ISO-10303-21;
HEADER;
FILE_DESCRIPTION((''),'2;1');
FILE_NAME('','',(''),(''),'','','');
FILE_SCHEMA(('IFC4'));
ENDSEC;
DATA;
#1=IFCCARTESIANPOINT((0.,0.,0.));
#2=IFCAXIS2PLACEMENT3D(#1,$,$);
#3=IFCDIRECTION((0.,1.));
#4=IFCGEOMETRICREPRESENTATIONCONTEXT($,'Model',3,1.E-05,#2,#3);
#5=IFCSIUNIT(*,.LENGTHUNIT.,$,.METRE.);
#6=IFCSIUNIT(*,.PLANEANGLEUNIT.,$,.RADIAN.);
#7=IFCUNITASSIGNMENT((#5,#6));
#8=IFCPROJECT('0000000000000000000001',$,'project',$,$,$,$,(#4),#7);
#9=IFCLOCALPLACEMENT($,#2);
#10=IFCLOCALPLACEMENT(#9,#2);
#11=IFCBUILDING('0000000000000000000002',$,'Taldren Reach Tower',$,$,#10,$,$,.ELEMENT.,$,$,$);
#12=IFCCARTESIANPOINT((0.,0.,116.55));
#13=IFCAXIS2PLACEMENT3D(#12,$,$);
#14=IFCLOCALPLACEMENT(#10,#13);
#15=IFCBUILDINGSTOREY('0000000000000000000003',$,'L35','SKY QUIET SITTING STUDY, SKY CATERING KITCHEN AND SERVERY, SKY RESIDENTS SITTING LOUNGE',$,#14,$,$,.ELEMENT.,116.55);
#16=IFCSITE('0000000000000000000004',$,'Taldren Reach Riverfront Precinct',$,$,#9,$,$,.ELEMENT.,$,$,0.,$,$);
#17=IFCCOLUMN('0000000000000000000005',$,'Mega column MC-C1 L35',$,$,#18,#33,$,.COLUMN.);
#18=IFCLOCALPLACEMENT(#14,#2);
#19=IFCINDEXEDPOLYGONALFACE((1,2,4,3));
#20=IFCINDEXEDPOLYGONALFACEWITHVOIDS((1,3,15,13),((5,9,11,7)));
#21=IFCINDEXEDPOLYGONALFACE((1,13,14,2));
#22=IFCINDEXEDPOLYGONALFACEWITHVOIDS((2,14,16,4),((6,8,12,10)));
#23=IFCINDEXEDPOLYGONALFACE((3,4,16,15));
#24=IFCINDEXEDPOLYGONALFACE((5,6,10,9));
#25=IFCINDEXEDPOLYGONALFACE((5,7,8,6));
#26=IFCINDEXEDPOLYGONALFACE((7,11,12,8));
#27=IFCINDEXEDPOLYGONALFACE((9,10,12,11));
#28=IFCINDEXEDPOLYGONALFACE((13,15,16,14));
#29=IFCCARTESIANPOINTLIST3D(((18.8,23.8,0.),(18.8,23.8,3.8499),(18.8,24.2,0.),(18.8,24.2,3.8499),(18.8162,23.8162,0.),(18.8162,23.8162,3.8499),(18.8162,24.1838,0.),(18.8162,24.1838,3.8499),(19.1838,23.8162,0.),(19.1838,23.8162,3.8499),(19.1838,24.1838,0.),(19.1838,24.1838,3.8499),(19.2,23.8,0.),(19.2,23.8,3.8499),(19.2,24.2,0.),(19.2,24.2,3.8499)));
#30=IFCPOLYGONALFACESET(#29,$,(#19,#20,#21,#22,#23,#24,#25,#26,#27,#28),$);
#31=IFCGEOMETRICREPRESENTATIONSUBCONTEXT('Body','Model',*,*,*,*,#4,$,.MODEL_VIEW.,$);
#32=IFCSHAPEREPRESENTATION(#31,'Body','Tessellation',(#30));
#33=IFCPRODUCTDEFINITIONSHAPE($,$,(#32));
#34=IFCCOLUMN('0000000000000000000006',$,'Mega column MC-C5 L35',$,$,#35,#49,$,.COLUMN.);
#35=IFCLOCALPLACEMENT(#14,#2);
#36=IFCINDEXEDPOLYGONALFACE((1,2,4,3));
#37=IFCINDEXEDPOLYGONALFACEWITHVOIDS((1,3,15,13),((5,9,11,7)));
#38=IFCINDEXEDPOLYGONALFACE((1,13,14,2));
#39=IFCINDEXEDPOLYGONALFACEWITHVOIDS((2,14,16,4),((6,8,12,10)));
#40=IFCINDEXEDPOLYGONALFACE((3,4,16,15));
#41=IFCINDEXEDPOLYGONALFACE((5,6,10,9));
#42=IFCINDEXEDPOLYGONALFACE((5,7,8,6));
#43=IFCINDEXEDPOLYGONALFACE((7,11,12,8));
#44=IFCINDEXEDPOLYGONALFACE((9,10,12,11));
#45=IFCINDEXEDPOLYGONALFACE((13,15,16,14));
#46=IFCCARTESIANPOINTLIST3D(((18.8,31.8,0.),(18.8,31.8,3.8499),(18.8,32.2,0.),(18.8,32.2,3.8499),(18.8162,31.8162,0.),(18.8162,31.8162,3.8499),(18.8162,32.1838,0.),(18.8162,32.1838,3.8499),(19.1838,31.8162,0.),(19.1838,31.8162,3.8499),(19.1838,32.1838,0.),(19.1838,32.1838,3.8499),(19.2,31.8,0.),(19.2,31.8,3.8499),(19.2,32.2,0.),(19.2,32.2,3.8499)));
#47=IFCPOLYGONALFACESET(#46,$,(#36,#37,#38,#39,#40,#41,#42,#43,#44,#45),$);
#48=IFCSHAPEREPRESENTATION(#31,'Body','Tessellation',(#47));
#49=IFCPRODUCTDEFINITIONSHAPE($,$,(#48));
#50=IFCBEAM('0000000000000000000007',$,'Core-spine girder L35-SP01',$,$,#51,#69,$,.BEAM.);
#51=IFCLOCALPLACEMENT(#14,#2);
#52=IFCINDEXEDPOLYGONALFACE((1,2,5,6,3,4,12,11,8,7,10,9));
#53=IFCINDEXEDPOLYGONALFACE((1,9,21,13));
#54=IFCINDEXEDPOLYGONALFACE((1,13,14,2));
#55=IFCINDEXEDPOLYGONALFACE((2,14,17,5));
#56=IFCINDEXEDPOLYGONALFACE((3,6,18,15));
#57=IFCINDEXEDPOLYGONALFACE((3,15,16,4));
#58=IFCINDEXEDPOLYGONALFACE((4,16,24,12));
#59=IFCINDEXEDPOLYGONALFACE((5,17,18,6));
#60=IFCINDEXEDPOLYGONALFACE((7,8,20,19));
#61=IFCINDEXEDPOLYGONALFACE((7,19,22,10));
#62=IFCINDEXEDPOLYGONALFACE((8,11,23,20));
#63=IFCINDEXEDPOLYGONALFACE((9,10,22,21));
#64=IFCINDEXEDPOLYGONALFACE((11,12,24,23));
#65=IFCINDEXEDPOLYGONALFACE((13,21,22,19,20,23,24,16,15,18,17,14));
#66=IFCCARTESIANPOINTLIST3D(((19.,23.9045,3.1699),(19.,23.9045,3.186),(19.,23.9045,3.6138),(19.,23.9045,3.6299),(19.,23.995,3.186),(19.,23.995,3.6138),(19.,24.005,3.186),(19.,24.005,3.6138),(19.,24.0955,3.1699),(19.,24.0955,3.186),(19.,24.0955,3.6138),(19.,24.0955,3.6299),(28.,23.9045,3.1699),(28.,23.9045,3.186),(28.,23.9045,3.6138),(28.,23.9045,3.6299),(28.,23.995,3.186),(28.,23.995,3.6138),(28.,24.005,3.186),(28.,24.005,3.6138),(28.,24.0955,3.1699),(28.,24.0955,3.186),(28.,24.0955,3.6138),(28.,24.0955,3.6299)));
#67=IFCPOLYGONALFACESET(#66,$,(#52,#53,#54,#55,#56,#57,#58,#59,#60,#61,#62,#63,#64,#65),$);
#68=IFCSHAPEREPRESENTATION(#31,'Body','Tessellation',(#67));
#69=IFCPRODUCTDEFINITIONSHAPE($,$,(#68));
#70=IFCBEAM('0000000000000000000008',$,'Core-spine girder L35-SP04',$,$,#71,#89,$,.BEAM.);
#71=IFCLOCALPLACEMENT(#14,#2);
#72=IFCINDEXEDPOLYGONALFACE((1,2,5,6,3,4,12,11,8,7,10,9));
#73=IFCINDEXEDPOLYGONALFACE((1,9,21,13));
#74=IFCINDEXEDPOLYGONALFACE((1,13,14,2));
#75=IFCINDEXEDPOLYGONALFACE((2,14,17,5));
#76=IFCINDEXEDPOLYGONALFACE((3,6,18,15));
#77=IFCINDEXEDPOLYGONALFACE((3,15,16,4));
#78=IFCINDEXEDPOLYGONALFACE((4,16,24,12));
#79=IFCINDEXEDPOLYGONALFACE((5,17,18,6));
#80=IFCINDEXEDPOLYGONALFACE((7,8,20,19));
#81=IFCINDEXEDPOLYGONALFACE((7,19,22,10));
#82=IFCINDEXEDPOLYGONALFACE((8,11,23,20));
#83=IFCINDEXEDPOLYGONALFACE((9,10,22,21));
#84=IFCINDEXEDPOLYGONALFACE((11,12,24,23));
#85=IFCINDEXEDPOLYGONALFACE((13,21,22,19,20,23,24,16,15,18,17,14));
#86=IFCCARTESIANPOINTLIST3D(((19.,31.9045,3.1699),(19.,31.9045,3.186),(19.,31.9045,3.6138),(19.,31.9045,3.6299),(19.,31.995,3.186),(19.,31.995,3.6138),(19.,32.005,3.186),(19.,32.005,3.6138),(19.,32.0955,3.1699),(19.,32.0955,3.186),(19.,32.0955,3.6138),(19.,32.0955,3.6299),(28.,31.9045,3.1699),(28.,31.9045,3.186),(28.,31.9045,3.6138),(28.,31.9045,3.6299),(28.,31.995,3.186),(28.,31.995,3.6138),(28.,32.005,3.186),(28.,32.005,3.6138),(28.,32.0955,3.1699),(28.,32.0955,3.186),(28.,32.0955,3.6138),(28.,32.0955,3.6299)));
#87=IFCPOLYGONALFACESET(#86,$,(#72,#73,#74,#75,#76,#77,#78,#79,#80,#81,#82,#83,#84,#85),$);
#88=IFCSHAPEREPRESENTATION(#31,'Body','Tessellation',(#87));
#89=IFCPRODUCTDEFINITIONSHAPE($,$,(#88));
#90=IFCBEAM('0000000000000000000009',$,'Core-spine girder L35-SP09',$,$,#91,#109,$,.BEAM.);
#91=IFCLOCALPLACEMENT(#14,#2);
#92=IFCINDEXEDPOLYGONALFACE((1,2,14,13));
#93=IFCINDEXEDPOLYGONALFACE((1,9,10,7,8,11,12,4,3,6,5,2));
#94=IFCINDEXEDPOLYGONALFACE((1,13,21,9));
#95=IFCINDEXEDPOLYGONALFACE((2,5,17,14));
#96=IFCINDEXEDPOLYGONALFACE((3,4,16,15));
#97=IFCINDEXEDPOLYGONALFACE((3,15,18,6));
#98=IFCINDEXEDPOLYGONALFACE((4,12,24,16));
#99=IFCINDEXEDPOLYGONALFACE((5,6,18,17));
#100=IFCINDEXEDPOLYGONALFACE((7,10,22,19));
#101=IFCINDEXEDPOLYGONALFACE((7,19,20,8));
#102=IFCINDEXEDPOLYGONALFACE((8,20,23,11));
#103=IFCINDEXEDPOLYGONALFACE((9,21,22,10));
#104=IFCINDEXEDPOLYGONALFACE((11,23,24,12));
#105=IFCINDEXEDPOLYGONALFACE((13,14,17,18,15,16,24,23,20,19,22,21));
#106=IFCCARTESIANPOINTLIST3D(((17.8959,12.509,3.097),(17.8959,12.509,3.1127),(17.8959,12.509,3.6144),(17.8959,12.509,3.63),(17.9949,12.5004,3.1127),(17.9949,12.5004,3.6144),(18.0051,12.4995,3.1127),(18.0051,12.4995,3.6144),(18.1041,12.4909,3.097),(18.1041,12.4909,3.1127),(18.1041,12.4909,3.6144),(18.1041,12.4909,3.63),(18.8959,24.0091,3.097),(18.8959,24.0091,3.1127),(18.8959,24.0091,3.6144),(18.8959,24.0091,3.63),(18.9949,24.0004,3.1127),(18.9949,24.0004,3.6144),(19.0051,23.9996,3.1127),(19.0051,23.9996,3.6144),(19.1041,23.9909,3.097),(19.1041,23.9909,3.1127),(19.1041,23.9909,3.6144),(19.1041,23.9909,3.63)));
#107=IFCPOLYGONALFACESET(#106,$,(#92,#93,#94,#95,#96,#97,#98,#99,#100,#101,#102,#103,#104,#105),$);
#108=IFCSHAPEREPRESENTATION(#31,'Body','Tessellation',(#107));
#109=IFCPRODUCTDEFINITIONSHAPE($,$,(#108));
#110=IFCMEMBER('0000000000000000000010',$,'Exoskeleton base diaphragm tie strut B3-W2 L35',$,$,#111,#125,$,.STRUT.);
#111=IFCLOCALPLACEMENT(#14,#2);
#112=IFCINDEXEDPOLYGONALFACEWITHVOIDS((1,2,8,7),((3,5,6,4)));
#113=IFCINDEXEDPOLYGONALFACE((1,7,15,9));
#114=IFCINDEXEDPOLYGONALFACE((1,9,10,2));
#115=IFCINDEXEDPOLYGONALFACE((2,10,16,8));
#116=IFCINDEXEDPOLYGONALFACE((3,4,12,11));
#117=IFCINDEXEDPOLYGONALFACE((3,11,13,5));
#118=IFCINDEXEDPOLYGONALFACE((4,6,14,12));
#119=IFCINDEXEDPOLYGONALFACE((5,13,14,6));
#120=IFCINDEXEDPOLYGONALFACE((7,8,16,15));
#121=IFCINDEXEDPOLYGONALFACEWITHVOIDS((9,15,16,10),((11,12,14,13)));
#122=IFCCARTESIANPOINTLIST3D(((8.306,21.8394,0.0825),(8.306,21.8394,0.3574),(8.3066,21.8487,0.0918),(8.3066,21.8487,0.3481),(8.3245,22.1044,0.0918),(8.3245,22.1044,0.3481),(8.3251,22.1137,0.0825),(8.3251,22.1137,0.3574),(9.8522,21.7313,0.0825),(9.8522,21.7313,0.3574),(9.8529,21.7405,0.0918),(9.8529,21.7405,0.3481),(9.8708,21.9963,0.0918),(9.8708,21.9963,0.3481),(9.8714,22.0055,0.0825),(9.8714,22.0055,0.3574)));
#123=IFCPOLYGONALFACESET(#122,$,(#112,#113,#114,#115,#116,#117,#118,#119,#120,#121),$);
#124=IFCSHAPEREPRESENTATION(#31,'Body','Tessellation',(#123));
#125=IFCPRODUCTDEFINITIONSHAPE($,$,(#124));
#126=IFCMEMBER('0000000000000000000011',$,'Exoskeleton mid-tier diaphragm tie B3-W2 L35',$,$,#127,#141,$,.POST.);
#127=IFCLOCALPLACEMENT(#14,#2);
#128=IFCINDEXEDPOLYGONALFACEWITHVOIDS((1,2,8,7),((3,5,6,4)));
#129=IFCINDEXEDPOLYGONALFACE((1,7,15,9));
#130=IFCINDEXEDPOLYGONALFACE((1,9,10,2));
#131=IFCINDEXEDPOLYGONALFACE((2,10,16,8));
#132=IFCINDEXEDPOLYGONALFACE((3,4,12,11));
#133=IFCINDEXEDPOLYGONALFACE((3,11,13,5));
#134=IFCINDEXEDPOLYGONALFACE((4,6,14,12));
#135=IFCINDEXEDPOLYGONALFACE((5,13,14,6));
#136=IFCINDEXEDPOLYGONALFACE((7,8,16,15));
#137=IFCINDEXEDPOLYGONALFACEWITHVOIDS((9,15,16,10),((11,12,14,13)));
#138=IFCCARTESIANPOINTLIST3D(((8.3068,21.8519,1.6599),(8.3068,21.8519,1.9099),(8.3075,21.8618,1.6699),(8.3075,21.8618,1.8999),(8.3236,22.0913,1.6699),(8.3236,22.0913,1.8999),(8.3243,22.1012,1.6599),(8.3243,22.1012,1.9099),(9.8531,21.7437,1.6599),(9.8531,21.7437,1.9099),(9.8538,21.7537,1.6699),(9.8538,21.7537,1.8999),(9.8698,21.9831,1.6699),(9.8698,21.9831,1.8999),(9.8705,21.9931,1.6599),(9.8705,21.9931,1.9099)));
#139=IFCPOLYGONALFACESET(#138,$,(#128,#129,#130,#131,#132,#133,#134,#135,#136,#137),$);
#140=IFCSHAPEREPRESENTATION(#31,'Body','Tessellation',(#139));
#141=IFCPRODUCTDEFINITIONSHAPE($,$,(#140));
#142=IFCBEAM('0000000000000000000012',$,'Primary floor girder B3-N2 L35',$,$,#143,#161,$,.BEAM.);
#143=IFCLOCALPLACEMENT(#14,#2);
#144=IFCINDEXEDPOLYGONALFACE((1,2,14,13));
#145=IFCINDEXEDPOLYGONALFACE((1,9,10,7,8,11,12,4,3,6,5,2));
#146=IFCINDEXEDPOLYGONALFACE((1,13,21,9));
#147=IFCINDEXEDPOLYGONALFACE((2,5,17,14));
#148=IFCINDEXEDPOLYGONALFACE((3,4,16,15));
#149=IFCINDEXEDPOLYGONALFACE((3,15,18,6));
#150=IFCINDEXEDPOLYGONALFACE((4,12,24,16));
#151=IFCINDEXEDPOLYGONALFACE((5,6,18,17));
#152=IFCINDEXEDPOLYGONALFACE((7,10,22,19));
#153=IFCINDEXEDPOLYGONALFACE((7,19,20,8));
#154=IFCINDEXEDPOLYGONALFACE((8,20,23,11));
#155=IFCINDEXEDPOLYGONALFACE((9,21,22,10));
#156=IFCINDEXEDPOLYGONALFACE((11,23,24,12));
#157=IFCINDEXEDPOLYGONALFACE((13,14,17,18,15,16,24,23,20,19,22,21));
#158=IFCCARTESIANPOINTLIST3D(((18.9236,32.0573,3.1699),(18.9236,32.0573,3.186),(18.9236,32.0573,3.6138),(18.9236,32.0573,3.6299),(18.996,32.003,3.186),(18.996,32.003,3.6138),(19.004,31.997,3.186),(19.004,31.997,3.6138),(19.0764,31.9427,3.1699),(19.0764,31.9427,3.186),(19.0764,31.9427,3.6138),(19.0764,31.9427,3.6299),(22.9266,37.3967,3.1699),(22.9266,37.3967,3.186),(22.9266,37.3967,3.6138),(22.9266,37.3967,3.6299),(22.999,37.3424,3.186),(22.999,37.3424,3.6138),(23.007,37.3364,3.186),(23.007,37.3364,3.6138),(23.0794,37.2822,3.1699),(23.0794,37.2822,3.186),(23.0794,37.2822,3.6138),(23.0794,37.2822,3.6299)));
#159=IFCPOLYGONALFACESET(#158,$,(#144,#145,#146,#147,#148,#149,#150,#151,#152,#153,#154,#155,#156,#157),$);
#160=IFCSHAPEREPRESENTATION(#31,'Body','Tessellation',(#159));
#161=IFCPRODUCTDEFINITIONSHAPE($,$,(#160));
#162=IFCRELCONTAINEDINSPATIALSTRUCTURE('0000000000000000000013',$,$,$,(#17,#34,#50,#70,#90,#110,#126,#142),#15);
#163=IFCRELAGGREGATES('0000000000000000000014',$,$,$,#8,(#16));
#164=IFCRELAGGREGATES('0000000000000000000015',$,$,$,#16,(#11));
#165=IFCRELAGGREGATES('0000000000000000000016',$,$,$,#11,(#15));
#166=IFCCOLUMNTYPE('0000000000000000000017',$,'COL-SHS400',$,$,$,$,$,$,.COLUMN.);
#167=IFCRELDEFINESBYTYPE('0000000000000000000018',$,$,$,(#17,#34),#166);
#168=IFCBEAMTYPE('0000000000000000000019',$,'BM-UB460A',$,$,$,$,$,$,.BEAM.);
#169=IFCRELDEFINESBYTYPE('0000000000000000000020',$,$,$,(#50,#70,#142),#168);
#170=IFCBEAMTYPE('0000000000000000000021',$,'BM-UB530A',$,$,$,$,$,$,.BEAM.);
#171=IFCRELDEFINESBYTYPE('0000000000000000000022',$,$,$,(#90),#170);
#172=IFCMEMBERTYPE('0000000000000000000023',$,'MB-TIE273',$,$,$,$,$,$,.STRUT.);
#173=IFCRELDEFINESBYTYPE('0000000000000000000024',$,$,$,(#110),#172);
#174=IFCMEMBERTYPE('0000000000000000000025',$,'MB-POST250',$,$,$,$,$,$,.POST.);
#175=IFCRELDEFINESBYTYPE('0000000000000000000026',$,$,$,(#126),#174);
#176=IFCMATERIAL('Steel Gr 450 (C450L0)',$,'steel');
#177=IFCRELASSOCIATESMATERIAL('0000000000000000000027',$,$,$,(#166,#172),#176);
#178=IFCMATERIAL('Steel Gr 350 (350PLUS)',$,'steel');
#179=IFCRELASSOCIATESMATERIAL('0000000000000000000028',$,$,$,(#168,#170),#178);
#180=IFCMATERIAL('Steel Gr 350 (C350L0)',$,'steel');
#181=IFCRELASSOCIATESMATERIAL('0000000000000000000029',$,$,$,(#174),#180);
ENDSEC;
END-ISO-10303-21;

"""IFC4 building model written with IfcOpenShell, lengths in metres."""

from ifc_helpers import new_model, si_unit, direction, frame, origin, origin_2d, place, context, subcontext, project, spatial, hollow_rectangle, i_section, extrude, source, transform, mapped, material, material_profile, profile_set, type_object, element, save


model = new_model("IFC4")

# Units and contexts
model_context = context("Model", 3, precision=1e-05, world=origin(), true_north=direction((0.0, 1.0)))
body_context = subcontext(model_context, "Body", "Model", "MODEL_VIEW")
ifc_project = project(units=[si_unit("LENGTHUNIT", "METRE"), si_unit("PLANEANGLEUNIT", "RADIAN")], contexts=[model_context])

# Site, building, storey
site_placement = place(None, origin())
site = spatial("IfcSite", under=ifc_project, at=site_placement, Name="Taldren Reach Riverfront Precinct", CompositionType="ELEMENT", RefElevation=0.0)
building_placement = place(site_placement, origin())
building = spatial("IfcBuilding", under=site, at=building_placement, Name="Taldren Reach Tower", CompositionType="ELEMENT")
storey_placement = place(building_placement, frame((0.0, 0.0, 116.55)))
storey = spatial("IfcBuildingStorey", under=building, at=storey_placement, Name="L35", Description="SKY QUIET SITTING STUDY, SKY CATERING KITCHEN AND SERVERY, SKY RESIDENTS SITTING LOUNGE", CompositionType="ELEMENT", Elevation=116.55)

# Columns
ifc_material_1 = material(Name="Steel Gr 450 (C450L0)", Category="steel")
ifc_material_profile_1 = material_profile(ifc_material_1, hollow_rectangle(XDim=0.3999, YDim=0.3999, WallThickness=0.0161, at=origin_2d()), Name="400x400x16.0SHS")
ifc_profile_set_1 = profile_set([ifc_material_profile_1], Name="Steel Gr 450 (C450L0)")
column_type = type_object("IfcColumnType", Name="COL-SHS400", PredefinedType="COLUMN", material=ifc_profile_set_1)
shared_shape_1 = source(origin(), body_context, "Body", "SweptSolid", [
    extrude(hollow_rectangle(XDim=0.3999, YDim=0.3999, WallThickness=0.0161, at=origin_2d()), origin(), (0.0, 0.0, 1.0), 3.8499),
])
for number, where, z_axis, x_axis, name in (
    (1, (19.0, 24.0, 0.0), (0.0, 0.0, 1.0), (1.0, 0.0, 0.0), "Mega column MC-C1 L35"),
    (2, (19.0, 32.0, 0.0), (0.0, 0.0, 1.0), (1.0, 0.0, 0.0), "Mega column MC-C5 L35"),
):
    element("IfcColumn", number, at=place(storey_placement, frame(where, z_axis=z_axis, x_axis=x_axis)), inside=storey, type_object=column_type, Name=name, PredefinedType="COLUMN", context=body_context, shape_type="MappedRepresentation", body=[
        mapped(shared_shape_1, transform((0.0, 0.0, 0.0), scale=1.0)),
    ])

# Beams
ifc_material_2 = material(Name="Steel Gr 350 (350PLUS)", Category="steel")
ifc_material_profile_2 = material_profile(ifc_material_2, i_section(OverallWidth=0.1909, OverallDepth=0.46, WebThickness=0.01, FlangeThickness=0.0161, at=origin_2d()), Name="460UB82.1")
ifc_profile_set_2 = profile_set([ifc_material_profile_2], Name="Steel Gr 350 (350PLUS)")
beam_type_1 = type_object("IfcBeamType", Name="BM-UB460A", PredefinedType="BEAM", material=ifc_profile_set_2)
shared_shape_2 = source(origin(), body_context, "Body", "SweptSolid", [
    extrude(i_section(OverallWidth=0.1909, OverallDepth=0.46, WebThickness=0.01, FlangeThickness=0.0161, at=origin_2d()), origin(), (0.0, 0.0, 1.0), 9.0),
])
for number, where, z_axis, x_axis, name in (
    (3, (19.0, 24.0, 3.3999), (1.0, 0.0, 0.0), (0.0, 1.0, 0.0), "Core-spine girder L35-SP01"),
    (4, (19.0, 32.0, 3.3999), (1.0, 0.0, 0.0), (0.0, 1.0, 0.0), "Core-spine girder L35-SP04"),
):
    element("IfcBeam", number, at=place(storey_placement, frame(where, z_axis=z_axis, x_axis=x_axis)), inside=storey, type_object=beam_type_1, Name=name, PredefinedType="BEAM", context=body_context, shape_type="MappedRepresentation", body=[
        mapped(shared_shape_2, transform((0.0, 0.0, 0.0), scale=1.0)),
    ])
ifc_material_profile_3 = material_profile(ifc_material_2, i_section(OverallWidth=0.209, OverallDepth=0.533, WebThickness=0.0103, FlangeThickness=0.0156, at=origin_2d()), Name="530UB92.4")
ifc_profile_set_3 = profile_set([ifc_material_profile_3], Name="Steel Gr 350 (350PLUS)")
beam_type_2 = type_object("IfcBeamType", Name="BM-UB530A", PredefinedType="BEAM", material=ifc_profile_set_3)
shared_shape_3 = source(origin(), body_context, "Body", "SweptSolid", [
    extrude(i_section(OverallWidth=0.209, OverallDepth=0.533, WebThickness=0.0103, FlangeThickness=0.0156, at=origin_2d()), origin(), (0.0, 0.0, 1.0), 11.5435),
])
beam_1_placement = place(storey_placement, frame((19.0, 24.0, 3.3635), z_axis=(-0.08663, -0.996241, 0.0), x_axis=(0.996241, -0.08663, 0.0)))
element("IfcBeam", 5, at=beam_1_placement, inside=storey, type_object=beam_type_2, Name="Core-spine girder L35-SP09", PredefinedType="BEAM", context=body_context, shape_type="MappedRepresentation", body=[
    mapped(shared_shape_3, transform((0.0, 0.0, 0.0), scale=1.0)),
])

# Members
ifc_material_profile_4 = material_profile(ifc_material_1, hollow_rectangle(XDim=0.2749, YDim=0.2749, WallThickness=0.0093, at=origin_2d()), Name="275x275x9.3SHS")
ifc_profile_set_4 = profile_set([ifc_material_profile_4], Name="Steel Gr 450 (C450L0)")
member_type_1 = type_object("IfcMemberType", Name="MB-TIE273", PredefinedType="STRUT", material=ifc_profile_set_4)
shared_shape_4 = source(origin(), body_context, "Body", "SweptSolid", [
    extrude(hollow_rectangle(XDim=0.2749, YDim=0.2749, WallThickness=0.0093, at=origin_2d()), origin(), (0.0, 0.0, 1.0), 1.55),
])
member_1_placement = place(storey_placement, frame((9.8618, 21.8684, 0.22), z_axis=(-0.997563, 0.06977, 0.0), x_axis=(-0.06977, -0.997563, 0.0)))
element("IfcMember", 6, at=member_1_placement, inside=storey, type_object=member_type_1, Name="Exoskeleton base diaphragm tie strut B3-W2 L35", PredefinedType="STRUT", context=body_context, shape_type="MappedRepresentation", body=[
    mapped(shared_shape_4, transform((0.0, 0.0, 0.0), scale=1.0)),
])
ifc_material_3 = material(Name="Steel Gr 350 (C350L0)", Category="steel")
ifc_material_profile_5 = material_profile(ifc_material_3, hollow_rectangle(XDim=0.25, YDim=0.25, WallThickness=0.01, at=origin_2d()), Name="250x250x10.0SHS")
ifc_profile_set_5 = profile_set([ifc_material_profile_5], Name="Steel Gr 350 (C350L0)")
member_type_2 = type_object("IfcMemberType", Name="MB-POST250", PredefinedType="POST", material=ifc_profile_set_5)
shared_shape_5 = source(origin(), body_context, "Body", "SweptSolid", [
    extrude(hollow_rectangle(XDim=0.25, YDim=0.25, WallThickness=0.01, at=origin_2d()), origin(), (0.0, 0.0, 1.0), 1.55),
])
member_2_placement = place(storey_placement, frame((9.8618, 21.8684, 1.7849), z_axis=(-0.997563, 0.06977, 0.0), x_axis=(-0.06977, -0.997563, 0.0)))
element("IfcMember", 7, at=member_2_placement, inside=storey, type_object=member_type_2, Name="Exoskeleton mid-tier diaphragm tie B3-W2 L35", PredefinedType="POST", context=body_context, shape_type="MappedRepresentation", body=[
    mapped(shared_shape_5, transform((0.0, 0.0, 0.0), scale=1.0)),
])

# Beam
shared_shape_6 = source(origin(), body_context, "Body", "SweptSolid", [
    extrude(i_section(OverallWidth=0.1909, OverallDepth=0.46, WebThickness=0.01, FlangeThickness=0.0161, at=origin_2d()), origin(), (0.0, 0.0, 1.0), 6.6733),
])
beam_2_placement = place(storey_placement, frame((19.0, 32.0, 3.3999), z_axis=(0.599848, 0.800114, 0.0), x_axis=(-0.800114, 0.599848, 0.0)))
element("IfcBeam", 8, at=beam_2_placement, inside=storey, type_object=beam_type_1, Name="Primary floor girder B3-N2 L35", PredefinedType="BEAM", context=body_context, shape_type="MappedRepresentation", body=[
    mapped(shared_shape_6, transform((0.0, 0.0, 0.0), scale=1.0)),
])

save(model, "model.ifc")
